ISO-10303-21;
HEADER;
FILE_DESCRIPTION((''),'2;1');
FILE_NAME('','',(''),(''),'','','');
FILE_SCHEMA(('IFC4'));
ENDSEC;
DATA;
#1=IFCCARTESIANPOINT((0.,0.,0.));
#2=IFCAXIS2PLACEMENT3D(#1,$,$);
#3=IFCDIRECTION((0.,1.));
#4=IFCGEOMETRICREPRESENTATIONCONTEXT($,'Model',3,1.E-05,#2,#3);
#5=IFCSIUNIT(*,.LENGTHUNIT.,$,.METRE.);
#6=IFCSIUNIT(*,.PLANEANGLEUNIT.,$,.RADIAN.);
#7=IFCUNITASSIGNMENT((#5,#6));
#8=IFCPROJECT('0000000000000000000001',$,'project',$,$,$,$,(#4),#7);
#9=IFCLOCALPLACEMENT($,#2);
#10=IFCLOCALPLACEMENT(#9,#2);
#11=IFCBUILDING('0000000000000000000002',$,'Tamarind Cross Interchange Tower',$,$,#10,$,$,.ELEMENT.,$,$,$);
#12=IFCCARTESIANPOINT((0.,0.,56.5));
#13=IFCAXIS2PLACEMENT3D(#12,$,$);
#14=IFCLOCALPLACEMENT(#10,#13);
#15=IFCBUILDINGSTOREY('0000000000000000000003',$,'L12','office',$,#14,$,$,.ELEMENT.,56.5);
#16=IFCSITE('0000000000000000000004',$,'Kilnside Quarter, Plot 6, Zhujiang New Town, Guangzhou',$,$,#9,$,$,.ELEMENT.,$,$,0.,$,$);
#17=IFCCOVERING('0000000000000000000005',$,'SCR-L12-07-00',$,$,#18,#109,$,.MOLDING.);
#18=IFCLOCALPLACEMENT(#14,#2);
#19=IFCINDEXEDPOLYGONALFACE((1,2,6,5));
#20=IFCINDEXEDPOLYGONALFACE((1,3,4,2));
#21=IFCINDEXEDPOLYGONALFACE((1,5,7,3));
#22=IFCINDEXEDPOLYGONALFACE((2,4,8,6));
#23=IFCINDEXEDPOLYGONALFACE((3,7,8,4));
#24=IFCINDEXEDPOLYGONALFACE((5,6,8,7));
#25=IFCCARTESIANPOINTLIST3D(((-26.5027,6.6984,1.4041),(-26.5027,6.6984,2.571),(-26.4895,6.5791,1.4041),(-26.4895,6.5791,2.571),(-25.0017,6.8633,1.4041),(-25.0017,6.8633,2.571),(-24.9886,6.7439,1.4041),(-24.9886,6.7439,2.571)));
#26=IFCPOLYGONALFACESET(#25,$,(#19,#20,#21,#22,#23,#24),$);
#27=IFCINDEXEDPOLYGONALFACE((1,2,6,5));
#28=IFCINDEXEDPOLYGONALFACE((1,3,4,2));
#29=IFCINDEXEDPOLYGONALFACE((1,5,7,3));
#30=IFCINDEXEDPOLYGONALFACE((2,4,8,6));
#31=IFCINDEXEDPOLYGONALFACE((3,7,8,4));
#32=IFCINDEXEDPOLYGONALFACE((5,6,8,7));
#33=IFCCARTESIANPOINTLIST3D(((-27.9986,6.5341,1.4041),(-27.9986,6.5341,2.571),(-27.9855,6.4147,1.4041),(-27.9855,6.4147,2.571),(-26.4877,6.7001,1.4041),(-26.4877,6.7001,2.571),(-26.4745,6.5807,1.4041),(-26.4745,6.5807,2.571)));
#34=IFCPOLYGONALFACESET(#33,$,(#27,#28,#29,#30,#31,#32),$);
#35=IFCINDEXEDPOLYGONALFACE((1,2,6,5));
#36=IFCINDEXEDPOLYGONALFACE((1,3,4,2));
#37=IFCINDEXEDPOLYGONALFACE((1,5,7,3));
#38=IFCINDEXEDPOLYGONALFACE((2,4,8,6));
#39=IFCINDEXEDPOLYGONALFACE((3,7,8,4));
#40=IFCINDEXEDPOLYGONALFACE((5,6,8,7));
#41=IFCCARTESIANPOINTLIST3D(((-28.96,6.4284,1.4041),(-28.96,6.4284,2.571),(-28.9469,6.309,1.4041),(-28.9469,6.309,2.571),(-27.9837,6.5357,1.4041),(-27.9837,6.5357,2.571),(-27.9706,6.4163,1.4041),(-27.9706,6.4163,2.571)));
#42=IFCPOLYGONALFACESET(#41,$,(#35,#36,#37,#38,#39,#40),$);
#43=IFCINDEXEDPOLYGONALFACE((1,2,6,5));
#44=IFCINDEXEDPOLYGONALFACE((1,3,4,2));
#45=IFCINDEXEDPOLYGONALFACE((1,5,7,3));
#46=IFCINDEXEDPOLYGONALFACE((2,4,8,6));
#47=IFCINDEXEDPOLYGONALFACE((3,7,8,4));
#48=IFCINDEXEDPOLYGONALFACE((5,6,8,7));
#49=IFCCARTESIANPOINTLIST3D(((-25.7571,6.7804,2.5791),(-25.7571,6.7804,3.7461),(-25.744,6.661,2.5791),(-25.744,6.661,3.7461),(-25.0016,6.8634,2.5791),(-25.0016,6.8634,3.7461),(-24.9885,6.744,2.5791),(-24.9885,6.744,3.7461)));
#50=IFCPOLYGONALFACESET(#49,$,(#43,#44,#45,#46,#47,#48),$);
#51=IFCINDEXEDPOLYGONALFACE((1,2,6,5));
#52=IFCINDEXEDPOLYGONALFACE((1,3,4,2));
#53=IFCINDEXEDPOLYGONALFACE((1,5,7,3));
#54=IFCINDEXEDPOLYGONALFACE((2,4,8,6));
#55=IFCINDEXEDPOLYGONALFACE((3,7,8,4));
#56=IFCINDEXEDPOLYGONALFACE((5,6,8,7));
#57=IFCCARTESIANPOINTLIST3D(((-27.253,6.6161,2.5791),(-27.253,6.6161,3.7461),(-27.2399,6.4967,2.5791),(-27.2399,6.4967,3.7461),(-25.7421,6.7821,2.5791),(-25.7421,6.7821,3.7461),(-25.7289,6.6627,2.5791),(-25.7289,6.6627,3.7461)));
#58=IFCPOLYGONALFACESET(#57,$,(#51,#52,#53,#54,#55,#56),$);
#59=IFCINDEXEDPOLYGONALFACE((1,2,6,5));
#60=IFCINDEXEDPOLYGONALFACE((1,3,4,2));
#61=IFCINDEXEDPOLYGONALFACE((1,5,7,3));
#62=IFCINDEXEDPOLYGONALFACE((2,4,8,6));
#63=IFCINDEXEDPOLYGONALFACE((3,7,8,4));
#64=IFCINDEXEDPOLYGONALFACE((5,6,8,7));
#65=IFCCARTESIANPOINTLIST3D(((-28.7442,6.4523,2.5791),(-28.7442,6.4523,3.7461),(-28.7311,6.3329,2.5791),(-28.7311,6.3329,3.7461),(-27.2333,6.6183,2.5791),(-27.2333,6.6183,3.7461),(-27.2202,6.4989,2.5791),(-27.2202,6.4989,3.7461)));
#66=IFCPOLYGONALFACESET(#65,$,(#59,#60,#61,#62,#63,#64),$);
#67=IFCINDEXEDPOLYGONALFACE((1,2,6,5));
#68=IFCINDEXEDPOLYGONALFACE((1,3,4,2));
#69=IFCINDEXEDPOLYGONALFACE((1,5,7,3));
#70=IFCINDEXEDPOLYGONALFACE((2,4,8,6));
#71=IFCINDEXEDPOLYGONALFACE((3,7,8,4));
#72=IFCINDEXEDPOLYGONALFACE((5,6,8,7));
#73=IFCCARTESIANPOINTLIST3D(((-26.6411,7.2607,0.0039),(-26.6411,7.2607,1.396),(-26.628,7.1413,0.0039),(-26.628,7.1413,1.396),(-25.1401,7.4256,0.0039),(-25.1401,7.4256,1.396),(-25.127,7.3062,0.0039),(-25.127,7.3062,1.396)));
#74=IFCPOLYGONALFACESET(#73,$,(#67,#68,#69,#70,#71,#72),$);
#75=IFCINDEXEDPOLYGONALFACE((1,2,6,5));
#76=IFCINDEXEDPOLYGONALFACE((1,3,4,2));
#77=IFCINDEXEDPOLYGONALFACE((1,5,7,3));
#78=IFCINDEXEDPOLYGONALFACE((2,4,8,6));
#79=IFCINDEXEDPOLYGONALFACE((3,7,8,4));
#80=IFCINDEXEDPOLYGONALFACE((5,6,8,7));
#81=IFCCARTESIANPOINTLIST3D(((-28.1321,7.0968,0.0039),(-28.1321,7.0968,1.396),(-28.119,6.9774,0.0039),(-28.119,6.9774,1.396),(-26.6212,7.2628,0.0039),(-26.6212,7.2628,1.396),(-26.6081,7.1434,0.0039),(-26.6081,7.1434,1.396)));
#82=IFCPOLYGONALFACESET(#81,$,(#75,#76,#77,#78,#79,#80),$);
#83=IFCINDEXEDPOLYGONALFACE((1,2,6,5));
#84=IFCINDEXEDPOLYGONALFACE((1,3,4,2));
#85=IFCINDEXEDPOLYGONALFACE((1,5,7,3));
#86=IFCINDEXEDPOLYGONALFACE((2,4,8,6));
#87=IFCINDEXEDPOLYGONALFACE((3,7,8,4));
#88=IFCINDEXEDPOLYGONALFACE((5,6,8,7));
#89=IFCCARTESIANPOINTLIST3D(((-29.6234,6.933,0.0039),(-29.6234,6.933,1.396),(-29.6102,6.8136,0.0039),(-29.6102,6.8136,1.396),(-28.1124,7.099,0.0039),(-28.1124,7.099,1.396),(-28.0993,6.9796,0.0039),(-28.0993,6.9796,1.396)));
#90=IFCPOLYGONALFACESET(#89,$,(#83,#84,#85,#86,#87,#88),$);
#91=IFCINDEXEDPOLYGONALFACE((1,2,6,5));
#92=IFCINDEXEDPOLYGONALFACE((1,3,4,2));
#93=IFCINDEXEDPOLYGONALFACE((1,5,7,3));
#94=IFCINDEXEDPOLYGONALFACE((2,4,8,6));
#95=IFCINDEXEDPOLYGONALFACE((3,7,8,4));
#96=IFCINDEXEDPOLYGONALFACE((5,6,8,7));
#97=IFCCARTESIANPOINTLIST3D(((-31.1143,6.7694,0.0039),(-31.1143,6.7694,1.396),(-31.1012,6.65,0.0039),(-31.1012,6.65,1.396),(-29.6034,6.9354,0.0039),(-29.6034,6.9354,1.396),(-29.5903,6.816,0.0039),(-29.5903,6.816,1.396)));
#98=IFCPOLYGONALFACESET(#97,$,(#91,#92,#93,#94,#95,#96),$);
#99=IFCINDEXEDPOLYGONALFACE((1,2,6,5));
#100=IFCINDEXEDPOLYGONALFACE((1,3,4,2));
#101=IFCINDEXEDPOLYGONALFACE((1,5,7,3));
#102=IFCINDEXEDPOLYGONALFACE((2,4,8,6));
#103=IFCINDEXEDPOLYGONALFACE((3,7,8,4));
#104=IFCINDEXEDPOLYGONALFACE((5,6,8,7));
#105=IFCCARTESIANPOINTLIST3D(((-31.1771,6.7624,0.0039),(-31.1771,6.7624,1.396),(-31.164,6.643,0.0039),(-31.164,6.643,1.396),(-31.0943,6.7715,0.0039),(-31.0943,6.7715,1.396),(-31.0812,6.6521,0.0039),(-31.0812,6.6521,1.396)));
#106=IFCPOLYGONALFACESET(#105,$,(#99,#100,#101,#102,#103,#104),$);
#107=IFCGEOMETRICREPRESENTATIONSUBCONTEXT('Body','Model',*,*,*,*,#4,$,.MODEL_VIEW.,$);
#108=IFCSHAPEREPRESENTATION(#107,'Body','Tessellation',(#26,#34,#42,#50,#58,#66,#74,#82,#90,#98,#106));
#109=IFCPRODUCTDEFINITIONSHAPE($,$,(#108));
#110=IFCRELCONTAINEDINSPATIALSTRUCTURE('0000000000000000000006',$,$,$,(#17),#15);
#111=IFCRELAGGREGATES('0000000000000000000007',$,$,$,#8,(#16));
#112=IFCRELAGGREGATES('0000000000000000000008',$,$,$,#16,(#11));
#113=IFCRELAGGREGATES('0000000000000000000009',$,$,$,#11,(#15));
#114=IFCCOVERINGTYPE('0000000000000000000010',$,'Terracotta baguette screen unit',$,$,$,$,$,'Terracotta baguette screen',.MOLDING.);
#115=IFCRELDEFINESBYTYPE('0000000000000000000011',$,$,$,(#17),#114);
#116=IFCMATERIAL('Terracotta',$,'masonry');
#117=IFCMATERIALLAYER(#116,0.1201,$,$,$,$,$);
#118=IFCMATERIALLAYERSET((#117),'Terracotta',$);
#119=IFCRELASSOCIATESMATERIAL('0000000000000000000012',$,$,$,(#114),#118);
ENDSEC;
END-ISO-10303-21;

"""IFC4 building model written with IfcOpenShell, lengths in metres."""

from ifc_helpers import new_model, si_unit, direction, frame, origin, origin_2d, place, context, subcontext, project, spatial, rectangle, extrude, material, layer, layer_set, type_object, element, save


model = new_model("IFC4")

# Units and contexts
model_context = context("Model", 3, precision=1e-05, world=origin(), true_north=direction((0.0, 1.0)))
body_context = subcontext(model_context, "Body", "Model", "MODEL_VIEW")
ifc_project = project(units=[si_unit("LENGTHUNIT", "METRE"), si_unit("PLANEANGLEUNIT", "RADIAN")], contexts=[model_context])

# Site, building, storey
site_placement = place(None, origin())
site = spatial("IfcSite", under=ifc_project, at=site_placement, Name="Kilnside Quarter, Plot 6, Zhujiang New Town, Guangzhou", CompositionType="ELEMENT", RefElevation=0.0)
building_placement = place(site_placement, origin())
building = spatial("IfcBuilding", under=site, at=building_placement, Name="Tamarind Cross Interchange Tower", CompositionType="ELEMENT")
storey_placement = place(building_placement, frame((0.0, 0.0, 56.5)))
storey = spatial("IfcBuildingStorey", under=building, at=storey_placement, Name="L12", Description="office", CompositionType="ELEMENT", Elevation=56.5)

# Covering
ifc_material_1 = material(Name="Terracotta", Category="masonry")
ifc_layer_1 = layer(ifc_material_1, 0.1201)
ifc_layer_set_1 = layer_set([ifc_layer_1], Name="Terracotta")
covering_type = type_object("IfcCoveringType", Name="Terracotta baguette screen unit", ElementType="Terracotta baguette screen", PredefinedType="MOLDING", material=ifc_layer_set_1)
covering_1_placement = place(storey_placement, origin())
element("IfcCovering", 1, at=covering_1_placement, inside=storey, type_object=covering_type, Name="SCR-L12-07-00", PredefinedType="MOLDING", context=body_context, shape_type="SweptSolid", body=[
    extrude(rectangle(XDim=1.51, YDim=0.1201, at=origin_2d()), frame((-25.7456, 6.7212, 1.4041), z_axis=(0.0, 0.0, 1.0), x_axis=(-0.994021, -0.109193, 0.0)), (0.0, 0.0, 1.0), 1.167),
    extrude(rectangle(XDim=1.52, YDim=0.1201, at=origin_2d()), frame((-27.2366, 6.5574, 1.4041), z_axis=(0.0, 0.0, 1.0), x_axis=(-0.994021, -0.109193, 0.0)), (0.0, 0.0, 1.0), 1.167),
    extrude(rectangle(XDim=0.9822, YDim=0.1201, at=origin_2d()), frame((-28.4653, 6.4224, 1.4041), z_axis=(0.0, 0.0, 1.0), x_axis=(-0.994021, -0.109193, 0.0)), (0.0, 0.0, 1.0), 1.167),
    extrude(rectangle(XDim=0.76, YDim=0.1201, at=origin_2d()), frame((-25.3728, 6.7622, 2.5791), z_axis=(0.0, 0.0, 1.0), x_axis=(-0.994021, -0.109193, 0.0)), (0.0, 0.0, 1.0), 1.167),
    extrude(rectangle(XDim=1.52, YDim=0.1201, at=origin_2d()), frame((-26.491, 6.6394, 2.5791), z_axis=(0.0, 0.0, 1.0), x_axis=(-0.994021, -0.109193, 0.0)), (0.0, 0.0, 1.0), 1.167),
    extrude(rectangle(XDim=1.52, YDim=0.1201, at=origin_2d()), frame((-27.9822, 6.4756, 2.5791), z_axis=(0.0, 0.0, 1.0), x_axis=(-0.994021, -0.109193, 0.0)), (0.0, 0.0, 1.0), 1.167),
    extrude(rectangle(XDim=1.51, YDim=0.1201, at=origin_2d()), frame((-25.884, 7.2834, 0.0039), z_axis=(0.0, 0.0, 1.0), x_axis=(-0.994021, -0.109193, 0.0)), (0.0, 0.0, 1.0), 1.3921),
    extrude(rectangle(XDim=1.52, YDim=0.1201, at=origin_2d()), frame((-27.3701, 7.1201, 0.0039), z_axis=(0.0, 0.0, 1.0), x_axis=(-0.994021, -0.109193, 0.0)), (0.0, 0.0, 1.0), 1.3921),
    extrude(rectangle(XDim=1.52, YDim=0.1201, at=origin_2d()), frame((-28.8613, 6.9563, 0.0039), z_axis=(0.0, 0.0, 1.0), x_axis=(-0.994021, -0.109193, 0.0)), (0.0, 0.0, 1.0), 1.3921),
    extrude(rectangle(XDim=1.52, YDim=0.1201, at=origin_2d()), frame((-30.3523, 6.7927, 0.0039), z_axis=(0.0, 0.0, 1.0), x_axis=(-0.994021, -0.109193, 0.0)), (0.0, 0.0, 1.0), 1.3921),
    extrude(rectangle(XDim=0.0833, YDim=0.1201, at=origin_2d()), frame((-31.1292, 6.7073, 0.0039), z_axis=(0.0, 0.0, 1.0), x_axis=(-0.994021, -0.109193, 0.0)), (0.0, 0.0, 1.0), 1.3921),
])

save(model, "model.ifc")
